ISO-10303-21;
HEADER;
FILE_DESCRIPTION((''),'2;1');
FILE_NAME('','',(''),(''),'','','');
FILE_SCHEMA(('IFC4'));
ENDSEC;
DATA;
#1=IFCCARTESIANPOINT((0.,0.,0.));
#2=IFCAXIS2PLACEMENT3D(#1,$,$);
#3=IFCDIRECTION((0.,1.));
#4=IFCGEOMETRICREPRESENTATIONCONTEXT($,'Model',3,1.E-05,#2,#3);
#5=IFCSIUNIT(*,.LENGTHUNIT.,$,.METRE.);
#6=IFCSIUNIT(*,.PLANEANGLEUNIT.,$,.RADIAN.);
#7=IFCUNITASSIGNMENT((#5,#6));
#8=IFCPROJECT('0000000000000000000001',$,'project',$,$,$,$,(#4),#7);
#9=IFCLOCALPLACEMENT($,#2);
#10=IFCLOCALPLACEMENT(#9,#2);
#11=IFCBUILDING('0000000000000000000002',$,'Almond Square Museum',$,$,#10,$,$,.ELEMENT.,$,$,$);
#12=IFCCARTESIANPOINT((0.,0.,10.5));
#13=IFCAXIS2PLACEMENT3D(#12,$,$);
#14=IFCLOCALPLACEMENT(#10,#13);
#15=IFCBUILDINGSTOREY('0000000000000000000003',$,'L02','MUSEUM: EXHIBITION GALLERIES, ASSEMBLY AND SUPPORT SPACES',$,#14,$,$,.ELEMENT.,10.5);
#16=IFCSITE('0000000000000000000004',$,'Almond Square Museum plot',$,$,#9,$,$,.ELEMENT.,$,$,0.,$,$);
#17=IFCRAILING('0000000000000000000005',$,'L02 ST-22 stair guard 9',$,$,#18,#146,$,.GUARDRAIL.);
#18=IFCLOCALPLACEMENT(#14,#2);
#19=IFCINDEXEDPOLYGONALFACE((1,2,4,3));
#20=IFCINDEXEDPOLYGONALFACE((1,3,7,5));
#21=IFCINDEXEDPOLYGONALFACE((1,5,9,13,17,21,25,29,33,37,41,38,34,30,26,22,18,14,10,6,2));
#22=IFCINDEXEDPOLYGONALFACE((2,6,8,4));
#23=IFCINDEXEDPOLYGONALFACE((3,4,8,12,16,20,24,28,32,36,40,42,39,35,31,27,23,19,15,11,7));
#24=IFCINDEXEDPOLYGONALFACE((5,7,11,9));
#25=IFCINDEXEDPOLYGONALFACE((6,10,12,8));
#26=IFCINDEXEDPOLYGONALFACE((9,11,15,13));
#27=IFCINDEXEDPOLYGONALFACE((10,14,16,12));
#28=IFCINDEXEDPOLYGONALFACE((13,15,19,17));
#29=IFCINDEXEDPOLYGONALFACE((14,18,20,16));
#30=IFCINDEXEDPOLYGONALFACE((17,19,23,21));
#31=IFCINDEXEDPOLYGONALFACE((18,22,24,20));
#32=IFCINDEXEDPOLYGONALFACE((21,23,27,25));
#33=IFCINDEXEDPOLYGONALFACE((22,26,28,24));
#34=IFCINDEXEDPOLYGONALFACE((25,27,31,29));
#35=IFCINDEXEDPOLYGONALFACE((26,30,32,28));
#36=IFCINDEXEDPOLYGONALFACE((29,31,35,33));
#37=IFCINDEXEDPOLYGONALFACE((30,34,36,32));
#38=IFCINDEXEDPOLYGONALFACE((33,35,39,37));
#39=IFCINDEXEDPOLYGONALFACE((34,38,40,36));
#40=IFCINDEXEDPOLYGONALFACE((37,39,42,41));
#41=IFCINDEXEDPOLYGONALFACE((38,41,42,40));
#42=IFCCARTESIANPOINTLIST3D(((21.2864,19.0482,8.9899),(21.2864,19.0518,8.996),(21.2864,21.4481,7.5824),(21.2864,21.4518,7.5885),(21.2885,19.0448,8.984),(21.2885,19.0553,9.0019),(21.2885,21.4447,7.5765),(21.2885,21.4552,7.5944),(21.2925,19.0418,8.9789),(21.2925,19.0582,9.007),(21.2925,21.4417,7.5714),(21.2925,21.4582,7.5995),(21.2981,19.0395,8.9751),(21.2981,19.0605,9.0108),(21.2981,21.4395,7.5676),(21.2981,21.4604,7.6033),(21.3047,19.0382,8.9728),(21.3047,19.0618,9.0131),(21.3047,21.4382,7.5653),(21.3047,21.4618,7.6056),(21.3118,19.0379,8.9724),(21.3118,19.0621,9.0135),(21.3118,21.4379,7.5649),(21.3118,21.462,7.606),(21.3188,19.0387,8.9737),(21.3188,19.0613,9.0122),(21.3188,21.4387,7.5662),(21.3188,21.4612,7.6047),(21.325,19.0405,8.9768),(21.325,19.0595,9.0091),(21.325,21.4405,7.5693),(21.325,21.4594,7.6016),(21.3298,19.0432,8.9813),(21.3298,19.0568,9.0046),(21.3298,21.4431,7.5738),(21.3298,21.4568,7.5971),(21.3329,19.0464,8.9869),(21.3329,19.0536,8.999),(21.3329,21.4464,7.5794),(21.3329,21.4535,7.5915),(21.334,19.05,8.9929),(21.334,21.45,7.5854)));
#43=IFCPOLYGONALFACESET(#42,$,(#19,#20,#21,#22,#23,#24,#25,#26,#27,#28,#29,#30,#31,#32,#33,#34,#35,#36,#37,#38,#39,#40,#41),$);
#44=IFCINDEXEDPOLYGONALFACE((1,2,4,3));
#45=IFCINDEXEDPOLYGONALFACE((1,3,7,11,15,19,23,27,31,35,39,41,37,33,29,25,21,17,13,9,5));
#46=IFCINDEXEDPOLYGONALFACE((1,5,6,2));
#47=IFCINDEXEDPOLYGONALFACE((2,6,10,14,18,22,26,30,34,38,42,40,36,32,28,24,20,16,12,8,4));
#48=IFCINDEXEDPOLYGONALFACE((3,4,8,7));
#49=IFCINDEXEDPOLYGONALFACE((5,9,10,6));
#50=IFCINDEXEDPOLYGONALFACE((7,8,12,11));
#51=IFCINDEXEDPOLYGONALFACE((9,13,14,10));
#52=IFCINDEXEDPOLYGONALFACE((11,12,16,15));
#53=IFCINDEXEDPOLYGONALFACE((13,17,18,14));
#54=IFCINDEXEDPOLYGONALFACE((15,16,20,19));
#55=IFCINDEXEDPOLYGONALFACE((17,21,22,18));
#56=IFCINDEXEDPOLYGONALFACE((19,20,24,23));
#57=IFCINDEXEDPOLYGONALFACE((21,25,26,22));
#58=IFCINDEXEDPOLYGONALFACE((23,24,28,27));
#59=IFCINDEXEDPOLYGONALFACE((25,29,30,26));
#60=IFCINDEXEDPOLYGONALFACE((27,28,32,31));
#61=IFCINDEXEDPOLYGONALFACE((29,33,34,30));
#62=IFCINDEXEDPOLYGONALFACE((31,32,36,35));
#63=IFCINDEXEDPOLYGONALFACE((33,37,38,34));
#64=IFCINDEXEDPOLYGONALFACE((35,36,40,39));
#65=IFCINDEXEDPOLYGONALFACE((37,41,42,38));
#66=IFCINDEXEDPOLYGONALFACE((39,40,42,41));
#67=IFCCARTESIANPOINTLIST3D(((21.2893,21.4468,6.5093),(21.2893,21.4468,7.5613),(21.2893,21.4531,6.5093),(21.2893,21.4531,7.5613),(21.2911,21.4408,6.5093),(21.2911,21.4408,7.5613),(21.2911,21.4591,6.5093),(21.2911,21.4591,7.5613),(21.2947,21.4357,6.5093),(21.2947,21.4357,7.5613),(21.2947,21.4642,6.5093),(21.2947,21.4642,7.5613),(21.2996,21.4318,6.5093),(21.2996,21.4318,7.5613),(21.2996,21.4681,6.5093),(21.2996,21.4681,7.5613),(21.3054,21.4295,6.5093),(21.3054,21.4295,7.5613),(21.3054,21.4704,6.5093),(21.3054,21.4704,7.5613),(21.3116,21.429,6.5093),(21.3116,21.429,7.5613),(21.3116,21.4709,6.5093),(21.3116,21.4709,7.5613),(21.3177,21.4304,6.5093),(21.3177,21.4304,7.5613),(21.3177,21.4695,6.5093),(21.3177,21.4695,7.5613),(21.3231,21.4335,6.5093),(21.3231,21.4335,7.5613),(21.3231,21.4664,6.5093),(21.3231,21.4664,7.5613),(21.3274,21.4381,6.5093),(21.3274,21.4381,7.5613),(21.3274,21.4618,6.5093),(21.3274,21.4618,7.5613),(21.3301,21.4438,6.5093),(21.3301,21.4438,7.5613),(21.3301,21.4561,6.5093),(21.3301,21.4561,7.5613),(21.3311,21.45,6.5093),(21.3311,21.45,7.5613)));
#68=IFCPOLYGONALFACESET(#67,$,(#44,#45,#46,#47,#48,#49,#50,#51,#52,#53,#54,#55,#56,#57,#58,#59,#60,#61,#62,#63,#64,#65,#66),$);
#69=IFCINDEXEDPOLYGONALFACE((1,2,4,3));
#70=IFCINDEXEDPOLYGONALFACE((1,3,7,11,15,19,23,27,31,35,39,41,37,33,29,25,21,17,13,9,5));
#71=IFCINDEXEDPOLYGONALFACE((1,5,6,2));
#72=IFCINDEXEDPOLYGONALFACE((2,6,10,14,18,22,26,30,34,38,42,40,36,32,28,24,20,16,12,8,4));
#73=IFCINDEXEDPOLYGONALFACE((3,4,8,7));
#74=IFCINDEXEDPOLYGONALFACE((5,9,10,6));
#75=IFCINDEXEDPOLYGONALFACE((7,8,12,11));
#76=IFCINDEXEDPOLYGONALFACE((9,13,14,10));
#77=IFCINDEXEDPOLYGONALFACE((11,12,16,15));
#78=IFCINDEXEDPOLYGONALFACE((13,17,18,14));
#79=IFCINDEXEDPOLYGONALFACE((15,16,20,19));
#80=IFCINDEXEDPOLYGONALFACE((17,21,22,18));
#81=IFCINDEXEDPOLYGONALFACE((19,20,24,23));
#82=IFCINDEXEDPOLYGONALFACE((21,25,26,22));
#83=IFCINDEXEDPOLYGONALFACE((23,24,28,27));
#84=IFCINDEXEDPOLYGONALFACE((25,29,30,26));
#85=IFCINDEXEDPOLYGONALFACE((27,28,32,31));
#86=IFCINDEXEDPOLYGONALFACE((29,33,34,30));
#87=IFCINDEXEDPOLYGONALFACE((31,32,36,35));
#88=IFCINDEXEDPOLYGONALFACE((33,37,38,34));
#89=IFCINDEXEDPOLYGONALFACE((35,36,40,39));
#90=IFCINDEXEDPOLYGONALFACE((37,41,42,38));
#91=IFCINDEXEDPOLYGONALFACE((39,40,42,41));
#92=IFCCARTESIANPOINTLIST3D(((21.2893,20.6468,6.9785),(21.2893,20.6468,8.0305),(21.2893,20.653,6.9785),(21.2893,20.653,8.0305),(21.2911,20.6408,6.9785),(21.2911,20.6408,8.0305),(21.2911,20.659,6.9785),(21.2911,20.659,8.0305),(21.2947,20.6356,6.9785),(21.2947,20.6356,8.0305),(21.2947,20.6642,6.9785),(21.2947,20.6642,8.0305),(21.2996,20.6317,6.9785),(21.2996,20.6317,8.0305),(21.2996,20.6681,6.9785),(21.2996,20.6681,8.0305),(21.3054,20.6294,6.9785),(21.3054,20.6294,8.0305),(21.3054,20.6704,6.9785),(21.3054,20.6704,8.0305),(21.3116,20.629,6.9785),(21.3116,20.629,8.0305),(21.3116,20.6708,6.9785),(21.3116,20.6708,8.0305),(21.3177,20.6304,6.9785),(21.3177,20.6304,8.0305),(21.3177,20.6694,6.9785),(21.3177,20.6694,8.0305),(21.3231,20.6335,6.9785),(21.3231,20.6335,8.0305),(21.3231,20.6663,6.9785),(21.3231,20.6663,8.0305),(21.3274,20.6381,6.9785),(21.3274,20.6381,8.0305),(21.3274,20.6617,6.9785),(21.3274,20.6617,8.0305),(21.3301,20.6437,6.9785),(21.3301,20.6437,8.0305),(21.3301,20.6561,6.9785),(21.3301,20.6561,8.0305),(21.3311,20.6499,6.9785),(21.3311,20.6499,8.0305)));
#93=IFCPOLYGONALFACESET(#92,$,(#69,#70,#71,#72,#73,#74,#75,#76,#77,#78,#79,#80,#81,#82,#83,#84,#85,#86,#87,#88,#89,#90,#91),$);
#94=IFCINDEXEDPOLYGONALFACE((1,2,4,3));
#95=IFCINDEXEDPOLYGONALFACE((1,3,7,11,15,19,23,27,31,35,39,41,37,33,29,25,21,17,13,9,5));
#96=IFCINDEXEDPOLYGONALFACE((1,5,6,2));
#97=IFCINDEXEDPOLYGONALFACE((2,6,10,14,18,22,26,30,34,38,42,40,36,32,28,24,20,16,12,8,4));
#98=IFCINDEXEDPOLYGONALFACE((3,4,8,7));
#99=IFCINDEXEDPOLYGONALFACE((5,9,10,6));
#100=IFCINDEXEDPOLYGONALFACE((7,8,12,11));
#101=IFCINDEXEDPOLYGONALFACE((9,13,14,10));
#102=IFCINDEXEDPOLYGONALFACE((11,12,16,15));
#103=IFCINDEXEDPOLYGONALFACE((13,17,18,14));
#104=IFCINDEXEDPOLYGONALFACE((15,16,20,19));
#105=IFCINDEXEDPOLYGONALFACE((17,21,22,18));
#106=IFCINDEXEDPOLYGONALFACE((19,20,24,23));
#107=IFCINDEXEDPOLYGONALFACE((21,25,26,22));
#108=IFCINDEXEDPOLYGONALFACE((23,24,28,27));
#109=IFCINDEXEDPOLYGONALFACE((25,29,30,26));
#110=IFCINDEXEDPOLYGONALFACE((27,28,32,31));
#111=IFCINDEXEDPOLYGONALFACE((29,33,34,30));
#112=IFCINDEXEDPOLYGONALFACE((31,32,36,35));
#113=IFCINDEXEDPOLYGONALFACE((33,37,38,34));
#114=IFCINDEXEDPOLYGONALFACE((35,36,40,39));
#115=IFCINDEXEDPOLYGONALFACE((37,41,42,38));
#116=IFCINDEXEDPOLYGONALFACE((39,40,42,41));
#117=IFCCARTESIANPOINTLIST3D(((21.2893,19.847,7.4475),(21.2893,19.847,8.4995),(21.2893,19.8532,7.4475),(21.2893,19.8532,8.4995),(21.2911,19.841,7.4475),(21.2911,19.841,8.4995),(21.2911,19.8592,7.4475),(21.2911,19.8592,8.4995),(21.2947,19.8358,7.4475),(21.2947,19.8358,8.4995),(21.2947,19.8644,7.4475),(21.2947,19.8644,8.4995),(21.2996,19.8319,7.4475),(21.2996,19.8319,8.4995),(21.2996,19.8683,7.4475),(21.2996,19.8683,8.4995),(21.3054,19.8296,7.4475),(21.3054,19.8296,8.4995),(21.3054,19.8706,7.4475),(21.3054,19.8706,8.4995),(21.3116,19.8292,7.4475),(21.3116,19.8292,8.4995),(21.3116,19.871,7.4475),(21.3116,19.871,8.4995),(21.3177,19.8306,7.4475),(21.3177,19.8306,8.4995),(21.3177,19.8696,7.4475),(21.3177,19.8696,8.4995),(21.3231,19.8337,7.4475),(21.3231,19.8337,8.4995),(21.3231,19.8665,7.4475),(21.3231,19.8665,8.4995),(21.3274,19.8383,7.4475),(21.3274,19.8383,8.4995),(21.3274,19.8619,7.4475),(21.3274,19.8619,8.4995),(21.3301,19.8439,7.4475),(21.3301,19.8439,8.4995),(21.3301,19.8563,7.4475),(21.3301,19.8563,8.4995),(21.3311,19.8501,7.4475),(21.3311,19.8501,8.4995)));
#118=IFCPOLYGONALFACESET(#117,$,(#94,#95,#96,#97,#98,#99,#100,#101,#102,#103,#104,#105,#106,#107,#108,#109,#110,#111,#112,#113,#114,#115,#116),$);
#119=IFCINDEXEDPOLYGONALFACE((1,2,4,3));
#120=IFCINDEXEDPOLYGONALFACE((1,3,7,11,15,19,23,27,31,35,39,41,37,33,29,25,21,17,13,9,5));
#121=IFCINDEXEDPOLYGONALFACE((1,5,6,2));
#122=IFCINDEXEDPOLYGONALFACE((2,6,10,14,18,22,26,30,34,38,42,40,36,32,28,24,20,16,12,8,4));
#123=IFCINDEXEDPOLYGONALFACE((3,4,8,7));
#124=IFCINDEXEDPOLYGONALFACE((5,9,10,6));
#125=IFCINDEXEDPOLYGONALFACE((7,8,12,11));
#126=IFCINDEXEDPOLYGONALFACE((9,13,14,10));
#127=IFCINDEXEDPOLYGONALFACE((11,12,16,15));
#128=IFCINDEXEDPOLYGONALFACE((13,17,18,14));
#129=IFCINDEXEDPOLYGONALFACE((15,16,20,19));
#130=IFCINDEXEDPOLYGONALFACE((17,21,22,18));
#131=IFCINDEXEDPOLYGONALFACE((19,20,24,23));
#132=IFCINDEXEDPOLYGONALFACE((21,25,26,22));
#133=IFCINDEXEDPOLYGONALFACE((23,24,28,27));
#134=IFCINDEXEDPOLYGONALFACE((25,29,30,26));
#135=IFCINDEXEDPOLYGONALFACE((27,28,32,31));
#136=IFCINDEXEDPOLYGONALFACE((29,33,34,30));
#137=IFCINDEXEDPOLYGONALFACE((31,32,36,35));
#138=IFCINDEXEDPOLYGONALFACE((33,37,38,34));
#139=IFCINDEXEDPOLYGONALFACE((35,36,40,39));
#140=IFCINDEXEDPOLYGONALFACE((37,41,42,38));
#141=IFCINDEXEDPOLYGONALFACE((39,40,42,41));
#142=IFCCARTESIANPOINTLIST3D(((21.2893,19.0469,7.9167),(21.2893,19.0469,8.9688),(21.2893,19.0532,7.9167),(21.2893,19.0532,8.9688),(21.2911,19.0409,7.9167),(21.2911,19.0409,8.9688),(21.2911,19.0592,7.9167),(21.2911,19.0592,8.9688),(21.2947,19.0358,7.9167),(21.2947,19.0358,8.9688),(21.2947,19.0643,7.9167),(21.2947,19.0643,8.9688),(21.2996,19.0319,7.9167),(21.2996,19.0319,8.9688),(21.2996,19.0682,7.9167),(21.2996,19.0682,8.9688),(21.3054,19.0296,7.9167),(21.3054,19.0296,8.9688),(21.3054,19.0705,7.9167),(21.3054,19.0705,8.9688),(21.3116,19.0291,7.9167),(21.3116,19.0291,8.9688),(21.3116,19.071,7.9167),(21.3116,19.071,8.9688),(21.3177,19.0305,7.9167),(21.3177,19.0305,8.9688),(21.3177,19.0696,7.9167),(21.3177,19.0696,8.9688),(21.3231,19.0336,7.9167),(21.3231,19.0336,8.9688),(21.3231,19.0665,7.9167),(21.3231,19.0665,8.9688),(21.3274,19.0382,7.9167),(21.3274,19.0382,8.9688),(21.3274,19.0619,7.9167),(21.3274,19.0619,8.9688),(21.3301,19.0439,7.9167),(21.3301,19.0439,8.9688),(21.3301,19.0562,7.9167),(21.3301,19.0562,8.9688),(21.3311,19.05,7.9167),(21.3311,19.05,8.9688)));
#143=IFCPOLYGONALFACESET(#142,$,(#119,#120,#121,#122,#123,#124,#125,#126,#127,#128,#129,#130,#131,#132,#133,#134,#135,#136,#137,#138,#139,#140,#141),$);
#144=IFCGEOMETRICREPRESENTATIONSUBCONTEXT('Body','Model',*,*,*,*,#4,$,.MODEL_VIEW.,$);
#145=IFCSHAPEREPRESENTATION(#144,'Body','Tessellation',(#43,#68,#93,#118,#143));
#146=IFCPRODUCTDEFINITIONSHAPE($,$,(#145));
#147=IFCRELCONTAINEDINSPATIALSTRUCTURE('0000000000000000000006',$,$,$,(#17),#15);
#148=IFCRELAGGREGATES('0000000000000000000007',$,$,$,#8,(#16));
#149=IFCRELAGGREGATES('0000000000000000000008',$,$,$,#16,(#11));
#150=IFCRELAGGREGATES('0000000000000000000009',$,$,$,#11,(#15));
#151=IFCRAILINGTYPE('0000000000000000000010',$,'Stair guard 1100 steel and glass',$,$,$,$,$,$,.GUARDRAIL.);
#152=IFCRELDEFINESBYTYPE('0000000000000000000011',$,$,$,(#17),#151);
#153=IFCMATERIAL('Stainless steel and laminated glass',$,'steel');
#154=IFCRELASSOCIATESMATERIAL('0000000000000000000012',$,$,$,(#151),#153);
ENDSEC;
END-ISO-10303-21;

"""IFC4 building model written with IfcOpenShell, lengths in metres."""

from ifc_helpers import new_model, si_unit, direction, frame, origin, origin_2d, place, context, subcontext, project, spatial, circle, extrude, material, type_object, element, save


model = new_model("IFC4")

# Units and contexts
model_context = context("Model", 3, precision=1e-05, world=origin(), true_north=direction((0.0, 1.0)))
body_context = subcontext(model_context, "Body", "Model", "MODEL_VIEW")
ifc_project = project(units=[si_unit("LENGTHUNIT", "METRE"), si_unit("PLANEANGLEUNIT", "RADIAN")], contexts=[model_context])

# Site, building, storey
site_placement = place(None, origin())
site = spatial("IfcSite", under=ifc_project, at=site_placement, Name="Almond Square Museum plot", CompositionType="ELEMENT", RefElevation=0.0)
building_placement = place(site_placement, origin())
building = spatial("IfcBuilding", under=site, at=building_placement, Name="Almond Square Museum", CompositionType="ELEMENT")
storey_placement = place(building_placement, frame((0.0, 0.0, 10.5)))
storey = spatial("IfcBuildingStorey", under=building, at=storey_placement, Name="L02", Description="MUSEUM: EXHIBITION GALLERIES, ASSEMBLY AND SUPPORT SPACES", CompositionType="ELEMENT", Elevation=10.5)

# Railing
ifc_material_1 = material(Name="Stainless steel and laminated glass", Category="steel")
railing_type_1 = type_object("IfcRailingType", Name="Stair guard 1100 steel and glass", PredefinedType="GUARDRAIL", material=ifc_material_1)
railing_1_placement = place(storey_placement, frame((21.3101, 21.45, 6.5093)))
element("IfcRailing", 1, at=railing_1_placement, inside=storey, type_object=railing_type_1, Name="L02 ST-22 stair guard 9", PredefinedType="GUARDRAIL", context=body_context, shape_type="SweptSolid", body=[
    extrude(circle(Radius=0.0239, at=origin_2d()), frame((0.0, 0.0, 1.0762), z_axis=(0.0, -0.862599, 0.505888), x_axis=(1.0, 0.0, 0.0)), (0.0, 0.0, 1.0), 2.7822),
    extrude(circle(Radius=0.021, at=origin_2d()), origin(), (0.0, 0.0, 1.0), 1.052),
    extrude(circle(Radius=0.021, at=origin_2d()), frame((0.0, -0.8, 0.4692)), (0.0, 0.0, 1.0), 1.052),
    extrude(circle(Radius=0.021, at=origin_2d()), frame((0.0, -1.5999, 0.9382)), (0.0, 0.0, 1.0), 1.052),
    extrude(circle(Radius=0.021, at=origin_2d()), frame((0.0, -2.3999, 1.4075)), (0.0, 0.0, 1.0), 1.052),
])

save(model, "model.ifc")
